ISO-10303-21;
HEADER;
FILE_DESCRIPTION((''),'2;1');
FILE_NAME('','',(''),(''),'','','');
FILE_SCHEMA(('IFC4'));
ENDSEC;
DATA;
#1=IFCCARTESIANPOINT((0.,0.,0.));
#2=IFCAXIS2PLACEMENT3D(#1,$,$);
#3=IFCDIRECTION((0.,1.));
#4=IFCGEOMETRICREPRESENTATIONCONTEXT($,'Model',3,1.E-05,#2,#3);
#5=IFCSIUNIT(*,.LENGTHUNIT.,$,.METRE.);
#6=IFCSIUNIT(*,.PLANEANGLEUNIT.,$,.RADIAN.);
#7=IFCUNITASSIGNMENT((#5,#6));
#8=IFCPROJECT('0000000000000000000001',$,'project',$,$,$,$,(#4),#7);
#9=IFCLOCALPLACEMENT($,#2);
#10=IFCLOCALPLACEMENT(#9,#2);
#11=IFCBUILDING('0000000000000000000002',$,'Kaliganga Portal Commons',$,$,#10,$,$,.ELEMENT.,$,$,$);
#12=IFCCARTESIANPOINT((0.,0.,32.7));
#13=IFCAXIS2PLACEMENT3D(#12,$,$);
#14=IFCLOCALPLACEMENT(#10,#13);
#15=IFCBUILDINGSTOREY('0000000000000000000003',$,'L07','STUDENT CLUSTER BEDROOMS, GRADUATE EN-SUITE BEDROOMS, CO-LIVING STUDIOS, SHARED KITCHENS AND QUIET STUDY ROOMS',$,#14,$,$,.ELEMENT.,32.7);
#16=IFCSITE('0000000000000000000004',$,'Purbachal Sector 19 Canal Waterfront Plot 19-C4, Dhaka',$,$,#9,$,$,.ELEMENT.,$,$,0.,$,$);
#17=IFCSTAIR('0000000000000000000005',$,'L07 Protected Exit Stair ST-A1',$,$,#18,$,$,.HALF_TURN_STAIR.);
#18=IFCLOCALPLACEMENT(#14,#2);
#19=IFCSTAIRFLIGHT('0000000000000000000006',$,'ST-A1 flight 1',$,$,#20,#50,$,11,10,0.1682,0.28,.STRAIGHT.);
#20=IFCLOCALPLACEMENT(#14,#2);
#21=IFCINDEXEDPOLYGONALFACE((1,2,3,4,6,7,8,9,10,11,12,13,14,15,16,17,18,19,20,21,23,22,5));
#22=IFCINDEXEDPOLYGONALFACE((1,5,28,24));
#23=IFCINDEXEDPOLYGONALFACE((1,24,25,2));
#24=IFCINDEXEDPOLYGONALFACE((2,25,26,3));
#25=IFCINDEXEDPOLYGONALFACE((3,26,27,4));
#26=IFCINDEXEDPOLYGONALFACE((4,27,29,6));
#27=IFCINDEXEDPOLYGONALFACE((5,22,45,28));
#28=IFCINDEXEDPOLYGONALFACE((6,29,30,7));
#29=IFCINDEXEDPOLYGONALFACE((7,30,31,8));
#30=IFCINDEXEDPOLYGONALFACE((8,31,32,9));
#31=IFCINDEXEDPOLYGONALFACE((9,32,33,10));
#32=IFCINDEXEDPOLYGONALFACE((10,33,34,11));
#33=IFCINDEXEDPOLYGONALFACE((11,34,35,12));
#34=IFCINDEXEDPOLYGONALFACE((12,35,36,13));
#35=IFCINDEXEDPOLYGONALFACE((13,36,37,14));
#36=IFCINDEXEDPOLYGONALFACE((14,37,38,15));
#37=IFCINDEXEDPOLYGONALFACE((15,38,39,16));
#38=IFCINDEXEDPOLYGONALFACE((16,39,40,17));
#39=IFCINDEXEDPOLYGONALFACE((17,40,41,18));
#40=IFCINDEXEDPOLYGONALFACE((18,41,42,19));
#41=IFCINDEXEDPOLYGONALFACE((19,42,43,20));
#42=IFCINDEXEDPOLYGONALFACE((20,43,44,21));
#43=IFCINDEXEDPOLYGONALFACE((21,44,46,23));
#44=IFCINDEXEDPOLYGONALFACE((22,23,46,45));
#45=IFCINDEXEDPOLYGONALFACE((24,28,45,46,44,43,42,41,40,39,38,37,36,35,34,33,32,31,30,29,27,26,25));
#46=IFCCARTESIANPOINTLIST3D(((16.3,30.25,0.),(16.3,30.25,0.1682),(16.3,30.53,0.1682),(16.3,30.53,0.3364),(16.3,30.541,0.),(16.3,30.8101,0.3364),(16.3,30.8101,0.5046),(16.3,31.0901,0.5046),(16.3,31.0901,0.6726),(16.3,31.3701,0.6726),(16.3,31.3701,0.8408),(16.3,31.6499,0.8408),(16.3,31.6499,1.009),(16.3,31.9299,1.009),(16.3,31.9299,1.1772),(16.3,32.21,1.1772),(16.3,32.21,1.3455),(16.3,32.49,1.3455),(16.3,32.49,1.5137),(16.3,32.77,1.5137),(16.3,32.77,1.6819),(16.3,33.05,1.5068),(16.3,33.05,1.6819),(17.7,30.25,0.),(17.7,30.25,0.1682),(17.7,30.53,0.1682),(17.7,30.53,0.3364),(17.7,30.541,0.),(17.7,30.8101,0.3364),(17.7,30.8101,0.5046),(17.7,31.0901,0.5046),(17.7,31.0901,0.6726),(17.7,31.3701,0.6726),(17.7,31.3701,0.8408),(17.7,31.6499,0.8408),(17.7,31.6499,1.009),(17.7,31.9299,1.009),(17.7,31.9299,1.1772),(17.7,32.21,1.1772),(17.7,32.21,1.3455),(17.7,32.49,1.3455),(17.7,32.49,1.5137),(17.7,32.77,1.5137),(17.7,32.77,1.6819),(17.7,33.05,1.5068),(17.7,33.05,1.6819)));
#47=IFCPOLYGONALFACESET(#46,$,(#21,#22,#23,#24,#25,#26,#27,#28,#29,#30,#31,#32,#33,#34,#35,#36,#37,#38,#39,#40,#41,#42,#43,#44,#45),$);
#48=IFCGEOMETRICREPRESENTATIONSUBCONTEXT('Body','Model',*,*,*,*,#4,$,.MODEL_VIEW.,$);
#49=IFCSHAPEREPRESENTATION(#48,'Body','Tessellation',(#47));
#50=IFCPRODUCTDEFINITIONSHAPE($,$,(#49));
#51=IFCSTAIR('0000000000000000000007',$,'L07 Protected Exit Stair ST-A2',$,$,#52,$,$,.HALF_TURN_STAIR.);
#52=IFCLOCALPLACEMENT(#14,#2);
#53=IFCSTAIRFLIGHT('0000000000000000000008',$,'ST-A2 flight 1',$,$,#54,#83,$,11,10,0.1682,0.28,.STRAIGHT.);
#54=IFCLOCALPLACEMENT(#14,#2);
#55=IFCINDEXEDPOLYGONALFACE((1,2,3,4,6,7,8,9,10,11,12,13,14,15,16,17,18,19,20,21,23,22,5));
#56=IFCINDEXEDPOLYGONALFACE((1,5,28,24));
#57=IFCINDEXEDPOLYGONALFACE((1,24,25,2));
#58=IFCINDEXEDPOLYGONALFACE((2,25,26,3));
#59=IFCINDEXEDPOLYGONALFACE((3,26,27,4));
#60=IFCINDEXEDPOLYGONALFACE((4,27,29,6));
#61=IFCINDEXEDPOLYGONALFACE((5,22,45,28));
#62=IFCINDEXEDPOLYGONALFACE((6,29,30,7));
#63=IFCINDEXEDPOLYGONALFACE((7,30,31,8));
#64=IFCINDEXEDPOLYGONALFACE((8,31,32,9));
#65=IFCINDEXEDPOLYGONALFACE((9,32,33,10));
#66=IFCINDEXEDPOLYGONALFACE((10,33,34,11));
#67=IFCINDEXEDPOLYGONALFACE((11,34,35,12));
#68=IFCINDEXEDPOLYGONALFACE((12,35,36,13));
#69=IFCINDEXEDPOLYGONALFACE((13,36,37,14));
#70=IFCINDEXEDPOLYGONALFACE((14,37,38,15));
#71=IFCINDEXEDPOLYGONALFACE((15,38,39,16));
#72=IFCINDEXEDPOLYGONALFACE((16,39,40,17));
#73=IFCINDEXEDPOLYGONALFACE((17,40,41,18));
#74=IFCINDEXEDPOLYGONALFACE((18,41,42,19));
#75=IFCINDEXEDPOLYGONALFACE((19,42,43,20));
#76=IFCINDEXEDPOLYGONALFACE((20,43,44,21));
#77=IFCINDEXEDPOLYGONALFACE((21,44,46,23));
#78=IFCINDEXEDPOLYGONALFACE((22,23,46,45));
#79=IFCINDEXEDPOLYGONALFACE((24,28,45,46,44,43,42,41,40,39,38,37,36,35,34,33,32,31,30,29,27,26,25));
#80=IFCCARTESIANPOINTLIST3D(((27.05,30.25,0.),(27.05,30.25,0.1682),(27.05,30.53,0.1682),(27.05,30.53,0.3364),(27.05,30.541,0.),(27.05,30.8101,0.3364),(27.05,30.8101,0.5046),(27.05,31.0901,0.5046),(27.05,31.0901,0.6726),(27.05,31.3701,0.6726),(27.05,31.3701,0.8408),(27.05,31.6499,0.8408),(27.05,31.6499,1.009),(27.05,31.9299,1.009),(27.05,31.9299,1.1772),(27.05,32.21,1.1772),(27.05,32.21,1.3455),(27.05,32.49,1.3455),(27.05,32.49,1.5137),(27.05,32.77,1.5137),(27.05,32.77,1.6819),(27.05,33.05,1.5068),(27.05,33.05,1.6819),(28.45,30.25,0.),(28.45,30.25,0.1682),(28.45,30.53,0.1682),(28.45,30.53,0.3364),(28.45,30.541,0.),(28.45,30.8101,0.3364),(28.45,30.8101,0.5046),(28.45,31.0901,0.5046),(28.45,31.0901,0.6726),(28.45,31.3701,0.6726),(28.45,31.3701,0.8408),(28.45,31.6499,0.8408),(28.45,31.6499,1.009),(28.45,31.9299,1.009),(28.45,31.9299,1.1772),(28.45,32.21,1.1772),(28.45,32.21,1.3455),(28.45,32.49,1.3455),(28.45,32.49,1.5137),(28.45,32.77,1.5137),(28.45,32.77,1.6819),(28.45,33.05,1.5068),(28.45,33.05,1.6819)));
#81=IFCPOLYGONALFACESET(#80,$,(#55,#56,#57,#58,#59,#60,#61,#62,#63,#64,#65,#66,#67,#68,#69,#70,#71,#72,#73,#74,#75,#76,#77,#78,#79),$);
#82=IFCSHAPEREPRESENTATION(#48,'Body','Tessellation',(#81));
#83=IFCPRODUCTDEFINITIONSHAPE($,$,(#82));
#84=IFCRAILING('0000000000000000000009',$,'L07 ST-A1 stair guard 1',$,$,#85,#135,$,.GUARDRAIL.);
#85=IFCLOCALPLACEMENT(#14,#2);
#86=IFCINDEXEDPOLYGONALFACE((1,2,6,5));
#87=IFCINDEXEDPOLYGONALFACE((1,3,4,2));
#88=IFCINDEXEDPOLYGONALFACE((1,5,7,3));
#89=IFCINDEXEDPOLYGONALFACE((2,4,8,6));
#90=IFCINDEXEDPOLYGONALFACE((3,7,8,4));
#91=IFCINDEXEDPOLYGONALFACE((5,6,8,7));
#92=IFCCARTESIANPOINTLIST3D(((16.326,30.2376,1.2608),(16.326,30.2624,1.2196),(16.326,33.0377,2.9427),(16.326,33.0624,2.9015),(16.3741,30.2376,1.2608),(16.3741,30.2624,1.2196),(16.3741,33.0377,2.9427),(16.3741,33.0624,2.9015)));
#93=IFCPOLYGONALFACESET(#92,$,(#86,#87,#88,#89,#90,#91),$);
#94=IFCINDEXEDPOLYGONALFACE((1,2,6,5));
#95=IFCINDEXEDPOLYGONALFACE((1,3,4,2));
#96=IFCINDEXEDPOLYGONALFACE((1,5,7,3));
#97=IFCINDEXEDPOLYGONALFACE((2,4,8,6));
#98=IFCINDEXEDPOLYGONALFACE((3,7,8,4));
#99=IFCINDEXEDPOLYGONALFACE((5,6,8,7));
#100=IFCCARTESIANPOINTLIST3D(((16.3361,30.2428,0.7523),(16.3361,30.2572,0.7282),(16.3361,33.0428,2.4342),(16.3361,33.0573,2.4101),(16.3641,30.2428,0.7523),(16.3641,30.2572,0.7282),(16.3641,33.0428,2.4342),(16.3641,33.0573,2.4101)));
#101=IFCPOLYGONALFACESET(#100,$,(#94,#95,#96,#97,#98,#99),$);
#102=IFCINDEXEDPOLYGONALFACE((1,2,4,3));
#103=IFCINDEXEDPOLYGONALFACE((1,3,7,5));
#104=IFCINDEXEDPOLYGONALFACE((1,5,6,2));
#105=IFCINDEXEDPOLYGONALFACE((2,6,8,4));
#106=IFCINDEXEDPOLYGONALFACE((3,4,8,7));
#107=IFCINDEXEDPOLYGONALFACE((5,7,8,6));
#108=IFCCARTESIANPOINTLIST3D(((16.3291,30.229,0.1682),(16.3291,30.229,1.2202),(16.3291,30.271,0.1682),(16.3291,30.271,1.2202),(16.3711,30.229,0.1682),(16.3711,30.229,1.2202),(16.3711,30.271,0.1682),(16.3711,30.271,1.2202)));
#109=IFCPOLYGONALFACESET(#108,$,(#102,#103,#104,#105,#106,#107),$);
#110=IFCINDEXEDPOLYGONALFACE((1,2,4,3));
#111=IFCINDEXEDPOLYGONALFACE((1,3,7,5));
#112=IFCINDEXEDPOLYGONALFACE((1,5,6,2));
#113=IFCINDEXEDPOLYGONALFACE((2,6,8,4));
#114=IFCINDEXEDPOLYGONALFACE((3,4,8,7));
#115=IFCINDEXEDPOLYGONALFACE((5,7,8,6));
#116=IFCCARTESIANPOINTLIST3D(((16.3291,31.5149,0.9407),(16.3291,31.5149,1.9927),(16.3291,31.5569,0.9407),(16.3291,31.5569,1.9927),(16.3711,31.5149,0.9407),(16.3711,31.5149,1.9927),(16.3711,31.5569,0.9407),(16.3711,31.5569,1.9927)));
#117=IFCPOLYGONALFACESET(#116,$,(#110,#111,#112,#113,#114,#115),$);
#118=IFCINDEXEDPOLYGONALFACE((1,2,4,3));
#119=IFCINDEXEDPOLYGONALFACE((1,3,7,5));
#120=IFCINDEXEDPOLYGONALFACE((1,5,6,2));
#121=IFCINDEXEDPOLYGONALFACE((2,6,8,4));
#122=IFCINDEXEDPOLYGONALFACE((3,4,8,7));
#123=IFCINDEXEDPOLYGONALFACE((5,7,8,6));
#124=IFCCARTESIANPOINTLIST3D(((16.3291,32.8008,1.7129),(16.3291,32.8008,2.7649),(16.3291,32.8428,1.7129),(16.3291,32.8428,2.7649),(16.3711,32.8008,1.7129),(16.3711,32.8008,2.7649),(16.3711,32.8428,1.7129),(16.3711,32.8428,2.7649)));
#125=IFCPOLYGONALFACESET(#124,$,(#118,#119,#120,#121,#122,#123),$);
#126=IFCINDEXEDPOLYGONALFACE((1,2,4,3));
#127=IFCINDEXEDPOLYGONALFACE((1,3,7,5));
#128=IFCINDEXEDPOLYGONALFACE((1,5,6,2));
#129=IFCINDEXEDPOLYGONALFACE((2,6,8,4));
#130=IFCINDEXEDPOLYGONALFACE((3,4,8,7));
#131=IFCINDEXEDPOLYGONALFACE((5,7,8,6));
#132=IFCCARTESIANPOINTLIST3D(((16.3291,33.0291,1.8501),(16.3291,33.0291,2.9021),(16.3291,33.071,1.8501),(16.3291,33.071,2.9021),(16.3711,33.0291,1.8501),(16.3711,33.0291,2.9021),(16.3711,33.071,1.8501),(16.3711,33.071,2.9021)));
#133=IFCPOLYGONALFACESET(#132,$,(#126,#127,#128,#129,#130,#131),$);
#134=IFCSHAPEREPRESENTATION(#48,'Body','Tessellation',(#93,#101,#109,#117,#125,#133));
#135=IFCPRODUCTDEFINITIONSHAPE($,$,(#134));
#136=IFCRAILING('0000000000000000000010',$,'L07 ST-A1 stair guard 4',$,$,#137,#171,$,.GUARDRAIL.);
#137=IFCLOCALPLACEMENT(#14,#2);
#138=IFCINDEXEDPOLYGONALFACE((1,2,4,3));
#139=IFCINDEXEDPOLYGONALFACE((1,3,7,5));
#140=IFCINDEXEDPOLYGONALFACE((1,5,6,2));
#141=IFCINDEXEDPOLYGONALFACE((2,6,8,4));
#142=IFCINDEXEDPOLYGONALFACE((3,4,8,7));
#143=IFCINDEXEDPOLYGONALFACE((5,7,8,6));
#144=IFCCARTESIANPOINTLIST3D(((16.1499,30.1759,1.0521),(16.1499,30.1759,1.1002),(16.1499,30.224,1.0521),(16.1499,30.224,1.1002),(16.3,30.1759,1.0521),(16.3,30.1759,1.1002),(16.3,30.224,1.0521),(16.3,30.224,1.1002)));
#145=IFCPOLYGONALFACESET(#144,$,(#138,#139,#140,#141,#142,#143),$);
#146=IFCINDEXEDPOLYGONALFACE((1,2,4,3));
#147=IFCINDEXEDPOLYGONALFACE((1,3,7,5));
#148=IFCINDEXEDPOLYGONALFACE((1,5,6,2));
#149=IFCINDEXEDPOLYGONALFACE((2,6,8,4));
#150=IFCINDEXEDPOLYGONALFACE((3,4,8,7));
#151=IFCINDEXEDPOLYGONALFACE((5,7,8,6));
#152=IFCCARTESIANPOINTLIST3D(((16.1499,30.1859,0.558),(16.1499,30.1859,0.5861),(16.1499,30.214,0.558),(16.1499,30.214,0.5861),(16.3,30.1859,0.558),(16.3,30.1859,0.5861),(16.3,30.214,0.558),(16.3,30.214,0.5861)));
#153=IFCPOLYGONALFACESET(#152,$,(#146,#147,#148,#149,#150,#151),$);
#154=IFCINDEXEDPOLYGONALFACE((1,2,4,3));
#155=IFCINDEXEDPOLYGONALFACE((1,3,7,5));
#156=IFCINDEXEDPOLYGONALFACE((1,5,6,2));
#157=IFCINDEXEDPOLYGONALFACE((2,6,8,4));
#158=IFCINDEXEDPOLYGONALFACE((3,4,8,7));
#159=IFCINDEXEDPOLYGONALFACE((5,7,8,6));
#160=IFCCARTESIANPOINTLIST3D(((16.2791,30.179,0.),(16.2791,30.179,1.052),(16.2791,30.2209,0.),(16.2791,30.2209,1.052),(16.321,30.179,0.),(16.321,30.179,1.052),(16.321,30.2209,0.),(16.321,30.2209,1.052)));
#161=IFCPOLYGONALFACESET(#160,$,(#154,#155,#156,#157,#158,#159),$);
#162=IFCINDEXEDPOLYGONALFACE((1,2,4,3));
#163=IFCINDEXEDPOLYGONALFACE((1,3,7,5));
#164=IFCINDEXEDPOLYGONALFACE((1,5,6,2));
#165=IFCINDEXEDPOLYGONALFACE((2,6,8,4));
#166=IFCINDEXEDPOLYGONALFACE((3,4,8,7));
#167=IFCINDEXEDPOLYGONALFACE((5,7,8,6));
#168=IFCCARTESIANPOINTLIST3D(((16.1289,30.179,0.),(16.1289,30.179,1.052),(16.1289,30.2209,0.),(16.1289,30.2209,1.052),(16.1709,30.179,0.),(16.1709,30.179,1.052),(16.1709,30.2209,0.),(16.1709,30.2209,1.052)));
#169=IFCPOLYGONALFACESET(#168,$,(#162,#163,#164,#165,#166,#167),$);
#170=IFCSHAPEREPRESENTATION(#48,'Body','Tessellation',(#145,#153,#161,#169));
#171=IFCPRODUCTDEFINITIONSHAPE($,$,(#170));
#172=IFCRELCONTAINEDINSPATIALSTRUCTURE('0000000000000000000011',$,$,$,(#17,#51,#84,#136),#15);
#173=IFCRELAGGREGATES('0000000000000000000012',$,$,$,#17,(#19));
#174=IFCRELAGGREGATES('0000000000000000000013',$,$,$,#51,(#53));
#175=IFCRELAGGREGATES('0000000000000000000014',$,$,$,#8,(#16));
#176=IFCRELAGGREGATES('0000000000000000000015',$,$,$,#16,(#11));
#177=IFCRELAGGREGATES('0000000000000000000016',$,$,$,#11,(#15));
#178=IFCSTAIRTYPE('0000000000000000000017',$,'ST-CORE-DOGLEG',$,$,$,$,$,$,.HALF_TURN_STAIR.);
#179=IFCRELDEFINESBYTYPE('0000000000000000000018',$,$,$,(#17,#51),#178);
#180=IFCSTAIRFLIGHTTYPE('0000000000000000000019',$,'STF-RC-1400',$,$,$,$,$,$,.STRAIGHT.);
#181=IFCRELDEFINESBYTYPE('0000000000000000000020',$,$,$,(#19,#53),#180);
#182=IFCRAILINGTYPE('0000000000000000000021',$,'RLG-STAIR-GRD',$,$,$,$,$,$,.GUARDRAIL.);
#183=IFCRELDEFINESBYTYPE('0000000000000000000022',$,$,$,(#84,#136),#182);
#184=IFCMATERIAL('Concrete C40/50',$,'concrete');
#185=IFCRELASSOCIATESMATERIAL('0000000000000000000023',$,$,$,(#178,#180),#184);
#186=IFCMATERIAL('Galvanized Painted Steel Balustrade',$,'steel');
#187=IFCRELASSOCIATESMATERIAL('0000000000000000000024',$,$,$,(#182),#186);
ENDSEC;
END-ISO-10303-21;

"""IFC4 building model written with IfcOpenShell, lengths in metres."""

from ifc_helpers import new_model, si_unit, direction, frame, origin, origin_2d, place, context, subcontext, project, spatial, polyline, rectangle, outline, extrude, material, type_object, element, aggregate, save


model = new_model("IFC4")

# Units and contexts
model_context = context("Model", 3, precision=1e-05, world=origin(), true_north=direction((0.0, 1.0)))
body_context = subcontext(model_context, "Body", "Model", "MODEL_VIEW")
ifc_project = project(units=[si_unit("LENGTHUNIT", "METRE"), si_unit("PLANEANGLEUNIT", "RADIAN")], contexts=[model_context])

# Site, building, storey
site_placement = place(None, origin())
site = spatial("IfcSite", under=ifc_project, at=site_placement, Name="Purbachal Sector 19 Canal Waterfront Plot 19-C4, Dhaka", CompositionType="ELEMENT", RefElevation=0.0)
building_placement = place(site_placement, origin())
building = spatial("IfcBuilding", under=site, at=building_placement, Name="Kaliganga Portal Commons", CompositionType="ELEMENT")
storey_placement = place(building_placement, frame((0.0, 0.0, 32.7)))
storey = spatial("IfcBuildingStorey", under=building, at=storey_placement, Name="L07", Description="STUDENT CLUSTER BEDROOMS, GRADUATE EN-SUITE BEDROOMS, CO-LIVING STUDIOS, SHARED KITCHENS AND QUIET STUDY ROOMS", CompositionType="ELEMENT", Elevation=32.7)

# Stairs, stair flights
ifc_material_1 = material(Name="Concrete C40/50", Category="concrete")
stair_type = type_object("IfcStairType", Name="ST-CORE-DOGLEG", PredefinedType="HALF_TURN_STAIR", material=ifc_material_1)
stair_1_placement = place(storey_placement, origin())
stair_1 = element("IfcStair", 1, at=stair_1_placement, inside=storey, type_object=stair_type, Name="L07 Protected Exit Stair ST-A1", PredefinedType="HALF_TURN_STAIR")
stair_flight_type = type_object("IfcStairFlightType", Name="STF-RC-1400", PredefinedType="STRAIGHT", material=ifc_material_1)
stair_flight_1_placement = place(storey_placement, frame((17.0, 30.25, 0.0), z_axis=(0.0, 0.0, 1.0), x_axis=(0.0, 1.0, 0.0)))
stair_flight_1 = element("IfcStairFlight", 2, at=stair_flight_1_placement, type_object=stair_flight_type, Name="ST-A1 flight 1", NumberOfRisers=11, NumberOfTreads=10, PredefinedType="STRAIGHT", RiserHeight=0.1682, TreadLength=0.28, context=body_context, shape_type="SweptSolid", body=[
    extrude(outline(polyline([(0.0, 0.0), (0.0, 0.1682), (0.28, 0.1682), (0.28, 0.3364), (0.5601, 0.3364), (0.5601, 0.5046), (0.8401, 0.5046), (0.8401, 0.6726), (1.1201, 0.6726), (1.1201, 0.8408), (1.3999, 0.8408), (1.3999, 1.009), (1.6799, 1.009), (1.6799, 1.1772), (1.96, 1.1772), (1.96, 1.3455), (2.24, 1.3455), (2.24, 1.5137), (2.52, 1.5137), (2.52, 1.6819), (2.8, 1.6819), (2.8, 1.8501), (2.8, 1.5068), (0.291, 0.0), (0.0, 0.0)])), frame((0.0, 0.7, 0.0), z_axis=(0.0, -1.0, 0.0), x_axis=(1.0, 0.0, 0.0)), (0.0, 0.0, 1.0), 1.3999),
])
aggregate(stair_1, [stair_flight_1])
stair_2_placement = place(storey_placement, origin())
stair_2 = element("IfcStair", 3, at=stair_2_placement, inside=storey, type_object=stair_type, Name="L07 Protected Exit Stair ST-A2", PredefinedType="HALF_TURN_STAIR")
stair_flight_2_placement = place(storey_placement, frame((27.75, 30.25, 0.0), z_axis=(0.0, 0.0, 1.0), x_axis=(0.0, 1.0, 0.0)))
stair_flight_2 = element("IfcStairFlight", 4, at=stair_flight_2_placement, type_object=stair_flight_type, Name="ST-A2 flight 1", NumberOfRisers=11, NumberOfTreads=10, PredefinedType="STRAIGHT", RiserHeight=0.1682, TreadLength=0.28, context=body_context, shape_type="SweptSolid", body=[
    extrude(outline(polyline([(0.0, 0.0), (0.0, 0.1682), (0.28, 0.1682), (0.28, 0.3364), (0.5601, 0.3364), (0.5601, 0.5046), (0.8401, 0.5046), (0.8401, 0.6726), (1.1201, 0.6726), (1.1201, 0.8408), (1.3999, 0.8408), (1.3999, 1.009), (1.6799, 1.009), (1.6799, 1.1772), (1.96, 1.1772), (1.96, 1.3455), (2.24, 1.3455), (2.24, 1.5137), (2.52, 1.5137), (2.52, 1.6819), (2.8, 1.6819), (2.8, 1.8501), (2.8, 1.5068), (0.291, 0.0), (0.0, 0.0)])), frame((0.0, 0.7, 0.0), z_axis=(0.0, -1.0, 0.0), x_axis=(1.0, 0.0, 0.0)), (0.0, 0.0, 1.0), 1.3999),
])
aggregate(stair_2, [stair_flight_2])

# Railings
ifc_material_2 = material(Name="Galvanized Painted Steel Balustrade", Category="steel")
railing_type_1 = type_object("IfcRailingType", Name="RLG-STAIR-GRD", PredefinedType="GUARDRAIL", material=ifc_material_2)
railing_1_placement = place(storey_placement, frame((16.3501, 30.25, 0.1682)))
element("IfcRailing", 5, at=railing_1_placement, inside=storey, type_object=railing_type_1, Name="L07 ST-A1 stair guard 1", PredefinedType="GUARDRAIL", context=body_context, shape_type="SweptSolid", body=[
    extrude(rectangle(XDim=0.0481, YDim=0.0481, at=origin_2d()), frame((0.0, 0.0, 1.072), z_axis=(0.0, 0.857242, 0.514913), x_axis=(-1.0, 0.0, 0.0)), (0.0, 0.0, 1.0), 3.2664),
    extrude(rectangle(XDim=0.0281, YDim=0.0281, at=origin_2d()), frame((0.0, 0.0, 0.572), z_axis=(0.0, 0.857242, 0.514913), x_axis=(-1.0, 0.0, 0.0)), (0.0, 0.0, 1.0), 3.2664),
    extrude(rectangle(XDim=0.042, YDim=0.042, at=origin_2d()), origin(), (0.0, 0.0, 1.0), 1.052),
    extrude(rectangle(XDim=0.042, YDim=0.042, at=origin_2d()), frame((0.0, 1.2859, 0.7725)), (0.0, 0.0, 1.0), 1.052),
    extrude(rectangle(XDim=0.042, YDim=0.042, at=origin_2d()), frame((0.0, 2.5718, 1.5447)), (0.0, 0.0, 1.0), 1.052),
    extrude(rectangle(XDim=0.042, YDim=0.042, at=origin_2d()), frame((0.0, 2.8, 1.6819)), (0.0, 0.0, 1.0), 1.052),
])
railing_2_placement = place(storey_placement, frame((16.3, 30.2, 0.0)))
element("IfcRailing", 6, at=railing_2_placement, inside=storey, type_object=railing_type_1, Name="L07 ST-A1 stair guard 4", PredefinedType="GUARDRAIL", context=body_context, shape_type="SweptSolid", body=[
    extrude(rectangle(XDim=0.0481, YDim=0.0481, at=origin_2d()), frame((0.0, 0.0, 1.0762), z_axis=(-1.0, 0.0, 0.0), x_axis=(0.0, -1.0, 0.0)), (0.0, 0.0, 1.0), 0.1501),
    extrude(rectangle(XDim=0.0281, YDim=0.0281, at=origin_2d()), frame((0.0, 0.0, 0.572), z_axis=(-1.0, 0.0, 0.0), x_axis=(0.0, -1.0, 0.0)), (0.0, 0.0, 1.0), 0.1501),
    extrude(rectangle(XDim=0.042, YDim=0.042, at=origin_2d()), origin(), (0.0, 0.0, 1.0), 1.052),
    extrude(rectangle(XDim=0.042, YDim=0.042, at=origin_2d()), frame((-0.1501, 0.0, 0.0)), (0.0, 0.0, 1.0), 1.052),
])

save(model, "model.ifc")
